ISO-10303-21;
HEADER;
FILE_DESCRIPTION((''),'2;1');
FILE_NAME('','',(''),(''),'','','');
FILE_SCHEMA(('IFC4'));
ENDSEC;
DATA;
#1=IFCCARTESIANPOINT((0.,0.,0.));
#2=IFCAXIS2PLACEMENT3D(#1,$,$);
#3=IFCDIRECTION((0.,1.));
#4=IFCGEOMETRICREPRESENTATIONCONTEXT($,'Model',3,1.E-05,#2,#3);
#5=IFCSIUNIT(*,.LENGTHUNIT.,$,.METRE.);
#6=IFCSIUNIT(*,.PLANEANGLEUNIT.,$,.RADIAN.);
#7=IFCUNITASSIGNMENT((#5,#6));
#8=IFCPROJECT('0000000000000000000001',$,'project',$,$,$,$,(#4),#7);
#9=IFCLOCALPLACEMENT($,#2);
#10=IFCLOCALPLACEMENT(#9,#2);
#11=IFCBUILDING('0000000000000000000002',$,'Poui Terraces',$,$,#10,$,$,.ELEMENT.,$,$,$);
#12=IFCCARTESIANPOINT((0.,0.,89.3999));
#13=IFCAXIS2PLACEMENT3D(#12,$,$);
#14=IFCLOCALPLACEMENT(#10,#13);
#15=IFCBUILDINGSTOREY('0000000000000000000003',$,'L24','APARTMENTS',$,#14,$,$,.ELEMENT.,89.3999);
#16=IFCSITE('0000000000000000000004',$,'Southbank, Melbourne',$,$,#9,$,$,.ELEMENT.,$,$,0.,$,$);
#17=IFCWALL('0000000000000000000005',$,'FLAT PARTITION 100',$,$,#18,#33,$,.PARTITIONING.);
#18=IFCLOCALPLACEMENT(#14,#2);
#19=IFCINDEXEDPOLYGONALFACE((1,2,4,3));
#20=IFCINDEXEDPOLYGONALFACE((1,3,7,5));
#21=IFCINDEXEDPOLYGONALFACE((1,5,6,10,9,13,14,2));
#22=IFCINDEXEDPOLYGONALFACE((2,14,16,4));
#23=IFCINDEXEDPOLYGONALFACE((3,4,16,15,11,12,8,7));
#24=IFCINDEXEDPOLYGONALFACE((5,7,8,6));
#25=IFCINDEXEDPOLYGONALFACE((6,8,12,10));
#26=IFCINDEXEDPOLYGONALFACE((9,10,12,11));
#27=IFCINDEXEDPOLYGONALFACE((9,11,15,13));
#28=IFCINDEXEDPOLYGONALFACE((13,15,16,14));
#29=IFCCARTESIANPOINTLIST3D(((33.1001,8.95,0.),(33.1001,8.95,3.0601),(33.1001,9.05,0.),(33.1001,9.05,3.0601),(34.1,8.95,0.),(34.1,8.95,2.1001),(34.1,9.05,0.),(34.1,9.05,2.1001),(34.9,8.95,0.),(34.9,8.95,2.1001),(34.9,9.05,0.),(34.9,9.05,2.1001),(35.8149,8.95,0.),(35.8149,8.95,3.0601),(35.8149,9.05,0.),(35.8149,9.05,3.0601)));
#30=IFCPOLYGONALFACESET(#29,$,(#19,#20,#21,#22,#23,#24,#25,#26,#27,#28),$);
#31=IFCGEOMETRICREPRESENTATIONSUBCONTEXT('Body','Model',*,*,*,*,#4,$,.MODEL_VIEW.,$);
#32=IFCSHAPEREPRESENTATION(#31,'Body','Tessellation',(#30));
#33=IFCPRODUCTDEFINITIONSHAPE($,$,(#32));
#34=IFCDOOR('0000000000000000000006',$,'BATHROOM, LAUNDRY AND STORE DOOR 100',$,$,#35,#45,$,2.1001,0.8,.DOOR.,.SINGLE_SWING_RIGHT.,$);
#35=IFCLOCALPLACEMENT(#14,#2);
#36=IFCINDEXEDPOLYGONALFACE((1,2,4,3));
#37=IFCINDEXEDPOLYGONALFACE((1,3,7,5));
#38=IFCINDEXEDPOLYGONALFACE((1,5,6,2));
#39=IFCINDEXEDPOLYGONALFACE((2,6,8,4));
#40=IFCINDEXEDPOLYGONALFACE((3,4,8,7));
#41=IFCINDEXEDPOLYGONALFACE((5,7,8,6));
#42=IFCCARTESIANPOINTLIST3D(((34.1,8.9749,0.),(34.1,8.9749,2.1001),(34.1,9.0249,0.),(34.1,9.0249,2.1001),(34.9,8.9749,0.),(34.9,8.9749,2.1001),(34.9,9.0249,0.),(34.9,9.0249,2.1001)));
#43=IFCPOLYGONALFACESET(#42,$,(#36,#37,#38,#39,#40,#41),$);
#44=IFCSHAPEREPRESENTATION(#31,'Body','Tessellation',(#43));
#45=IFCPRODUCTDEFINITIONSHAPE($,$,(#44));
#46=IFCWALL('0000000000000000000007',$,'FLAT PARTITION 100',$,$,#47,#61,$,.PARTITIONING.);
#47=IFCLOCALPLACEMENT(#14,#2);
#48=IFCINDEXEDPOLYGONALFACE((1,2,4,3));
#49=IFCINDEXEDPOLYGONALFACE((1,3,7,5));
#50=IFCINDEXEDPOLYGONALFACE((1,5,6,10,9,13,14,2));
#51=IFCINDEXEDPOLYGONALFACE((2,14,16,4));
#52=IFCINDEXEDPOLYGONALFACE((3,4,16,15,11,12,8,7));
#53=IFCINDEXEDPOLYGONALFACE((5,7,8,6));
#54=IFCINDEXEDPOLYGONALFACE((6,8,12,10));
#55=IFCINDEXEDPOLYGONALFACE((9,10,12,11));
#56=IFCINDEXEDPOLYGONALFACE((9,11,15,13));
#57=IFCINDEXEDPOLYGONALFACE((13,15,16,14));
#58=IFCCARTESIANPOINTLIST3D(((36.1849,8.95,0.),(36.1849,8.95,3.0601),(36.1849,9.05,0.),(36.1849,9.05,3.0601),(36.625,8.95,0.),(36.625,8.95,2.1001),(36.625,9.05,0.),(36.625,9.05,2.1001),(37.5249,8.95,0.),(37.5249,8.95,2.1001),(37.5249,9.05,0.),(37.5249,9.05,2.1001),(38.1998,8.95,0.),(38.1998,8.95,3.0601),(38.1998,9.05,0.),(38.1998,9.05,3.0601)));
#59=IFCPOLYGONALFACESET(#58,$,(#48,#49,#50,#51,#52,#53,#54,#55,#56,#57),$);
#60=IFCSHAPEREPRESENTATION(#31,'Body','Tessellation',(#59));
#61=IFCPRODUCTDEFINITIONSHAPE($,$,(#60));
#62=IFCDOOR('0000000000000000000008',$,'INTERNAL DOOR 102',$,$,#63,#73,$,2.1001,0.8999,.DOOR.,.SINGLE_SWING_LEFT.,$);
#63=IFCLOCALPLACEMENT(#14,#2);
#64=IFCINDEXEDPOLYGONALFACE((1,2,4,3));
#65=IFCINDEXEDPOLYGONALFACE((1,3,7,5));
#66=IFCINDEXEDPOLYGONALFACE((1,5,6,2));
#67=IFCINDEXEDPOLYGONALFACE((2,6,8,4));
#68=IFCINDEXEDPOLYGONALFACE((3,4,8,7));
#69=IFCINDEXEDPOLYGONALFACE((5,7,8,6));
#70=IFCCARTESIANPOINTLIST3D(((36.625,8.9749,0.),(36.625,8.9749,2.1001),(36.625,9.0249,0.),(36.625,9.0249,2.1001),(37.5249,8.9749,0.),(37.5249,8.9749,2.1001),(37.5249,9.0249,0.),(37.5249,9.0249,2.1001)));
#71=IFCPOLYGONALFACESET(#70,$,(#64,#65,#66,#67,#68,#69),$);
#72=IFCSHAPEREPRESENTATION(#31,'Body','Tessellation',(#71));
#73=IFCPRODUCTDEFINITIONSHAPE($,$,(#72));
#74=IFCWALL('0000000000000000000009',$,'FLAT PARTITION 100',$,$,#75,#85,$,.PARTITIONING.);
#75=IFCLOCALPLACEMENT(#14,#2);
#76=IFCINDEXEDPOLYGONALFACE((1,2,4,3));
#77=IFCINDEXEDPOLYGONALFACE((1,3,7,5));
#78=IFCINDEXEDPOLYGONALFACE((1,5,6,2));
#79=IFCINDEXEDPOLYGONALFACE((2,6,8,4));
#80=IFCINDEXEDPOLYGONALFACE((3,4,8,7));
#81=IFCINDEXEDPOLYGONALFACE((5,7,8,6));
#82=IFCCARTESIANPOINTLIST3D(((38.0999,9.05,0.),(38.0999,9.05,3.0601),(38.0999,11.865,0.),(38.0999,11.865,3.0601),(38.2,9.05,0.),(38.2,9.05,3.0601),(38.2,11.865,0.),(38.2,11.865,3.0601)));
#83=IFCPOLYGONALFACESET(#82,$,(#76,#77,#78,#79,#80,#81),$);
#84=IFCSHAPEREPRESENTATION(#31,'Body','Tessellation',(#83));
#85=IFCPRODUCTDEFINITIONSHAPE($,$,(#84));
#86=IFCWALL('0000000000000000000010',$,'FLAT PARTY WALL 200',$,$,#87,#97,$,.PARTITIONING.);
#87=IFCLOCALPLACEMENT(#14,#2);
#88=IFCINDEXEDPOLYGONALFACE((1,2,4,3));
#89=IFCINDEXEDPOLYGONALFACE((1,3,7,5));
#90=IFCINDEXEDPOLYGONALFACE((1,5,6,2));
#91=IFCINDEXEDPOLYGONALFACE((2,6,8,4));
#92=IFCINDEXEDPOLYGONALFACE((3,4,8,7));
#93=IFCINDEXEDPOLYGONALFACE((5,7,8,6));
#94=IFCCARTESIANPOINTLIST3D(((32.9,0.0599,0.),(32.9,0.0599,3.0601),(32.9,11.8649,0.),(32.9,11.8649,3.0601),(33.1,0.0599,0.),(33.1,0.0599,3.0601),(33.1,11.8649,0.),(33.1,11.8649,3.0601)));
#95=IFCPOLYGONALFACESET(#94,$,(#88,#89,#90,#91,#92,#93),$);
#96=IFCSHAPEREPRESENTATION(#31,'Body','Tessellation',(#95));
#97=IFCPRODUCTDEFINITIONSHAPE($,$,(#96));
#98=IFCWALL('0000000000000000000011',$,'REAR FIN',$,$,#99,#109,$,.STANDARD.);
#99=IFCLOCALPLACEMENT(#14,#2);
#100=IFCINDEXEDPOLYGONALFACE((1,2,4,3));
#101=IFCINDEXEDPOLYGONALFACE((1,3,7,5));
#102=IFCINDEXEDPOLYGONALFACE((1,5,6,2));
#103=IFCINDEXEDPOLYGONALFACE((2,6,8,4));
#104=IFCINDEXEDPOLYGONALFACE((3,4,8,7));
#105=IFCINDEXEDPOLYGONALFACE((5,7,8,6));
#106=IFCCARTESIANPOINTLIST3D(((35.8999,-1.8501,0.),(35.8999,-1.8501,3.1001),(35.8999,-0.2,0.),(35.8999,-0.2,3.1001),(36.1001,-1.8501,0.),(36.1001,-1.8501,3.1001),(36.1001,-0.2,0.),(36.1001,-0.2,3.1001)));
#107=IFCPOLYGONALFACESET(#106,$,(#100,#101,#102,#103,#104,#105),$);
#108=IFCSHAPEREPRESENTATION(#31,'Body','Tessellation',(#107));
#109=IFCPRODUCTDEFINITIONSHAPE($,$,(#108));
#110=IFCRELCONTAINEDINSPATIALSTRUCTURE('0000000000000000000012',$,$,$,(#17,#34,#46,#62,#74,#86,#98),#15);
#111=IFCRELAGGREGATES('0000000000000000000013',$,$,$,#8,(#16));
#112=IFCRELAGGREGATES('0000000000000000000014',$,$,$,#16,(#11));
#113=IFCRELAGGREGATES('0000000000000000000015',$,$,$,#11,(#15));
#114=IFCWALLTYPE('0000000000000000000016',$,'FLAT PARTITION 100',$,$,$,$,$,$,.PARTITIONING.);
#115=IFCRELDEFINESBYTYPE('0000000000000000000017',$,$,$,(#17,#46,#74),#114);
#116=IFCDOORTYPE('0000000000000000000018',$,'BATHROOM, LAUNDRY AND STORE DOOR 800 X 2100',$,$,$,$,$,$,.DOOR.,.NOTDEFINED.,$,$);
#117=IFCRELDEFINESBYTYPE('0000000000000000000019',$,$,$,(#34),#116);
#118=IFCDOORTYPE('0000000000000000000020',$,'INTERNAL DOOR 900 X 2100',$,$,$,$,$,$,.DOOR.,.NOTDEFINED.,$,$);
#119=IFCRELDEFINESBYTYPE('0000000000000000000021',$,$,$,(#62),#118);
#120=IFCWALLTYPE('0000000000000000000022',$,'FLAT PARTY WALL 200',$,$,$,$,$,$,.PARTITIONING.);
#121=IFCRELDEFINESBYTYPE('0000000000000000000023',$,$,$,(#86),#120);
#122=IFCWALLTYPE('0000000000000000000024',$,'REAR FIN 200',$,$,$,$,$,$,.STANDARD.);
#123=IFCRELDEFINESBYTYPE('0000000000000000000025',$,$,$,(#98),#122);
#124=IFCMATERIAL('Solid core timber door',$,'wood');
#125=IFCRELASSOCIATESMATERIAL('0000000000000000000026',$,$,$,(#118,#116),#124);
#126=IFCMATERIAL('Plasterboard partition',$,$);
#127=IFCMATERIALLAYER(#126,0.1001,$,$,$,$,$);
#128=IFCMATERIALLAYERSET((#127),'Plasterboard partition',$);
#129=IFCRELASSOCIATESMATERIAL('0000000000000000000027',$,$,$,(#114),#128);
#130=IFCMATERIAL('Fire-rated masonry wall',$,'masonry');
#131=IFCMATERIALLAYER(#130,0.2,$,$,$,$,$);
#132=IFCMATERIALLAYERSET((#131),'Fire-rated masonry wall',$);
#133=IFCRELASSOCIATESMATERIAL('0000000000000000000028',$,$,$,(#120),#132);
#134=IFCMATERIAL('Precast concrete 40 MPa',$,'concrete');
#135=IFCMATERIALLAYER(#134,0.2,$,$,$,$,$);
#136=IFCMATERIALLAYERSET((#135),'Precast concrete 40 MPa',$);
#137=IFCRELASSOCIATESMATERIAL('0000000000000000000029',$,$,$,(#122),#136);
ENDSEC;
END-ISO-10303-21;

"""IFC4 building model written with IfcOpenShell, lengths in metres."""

from ifc_helpers import new_model, si_unit, direction, frame, frame_2d, origin, place, context, subcontext, project, spatial, polyline, rectangle, outline, extrude, source, transform, mapped, material, layer, layer_set, type_object, element, fill, save


model = new_model("IFC4")

# Units and contexts
model_context = context("Model", 3, precision=1e-05, world=origin(), true_north=direction((0.0, 1.0)))
body_context = subcontext(model_context, "Body", "Model", "MODEL_VIEW")
ifc_project = project(units=[si_unit("LENGTHUNIT", "METRE"), si_unit("PLANEANGLEUNIT", "RADIAN")], contexts=[model_context])

# Site, building, storey
site_placement = place(None, origin())
site = spatial("IfcSite", under=ifc_project, at=site_placement, Name="Southbank, Melbourne", CompositionType="ELEMENT", RefElevation=0.0)
building_placement = place(site_placement, origin())
building = spatial("IfcBuilding", under=site, at=building_placement, Name="Poui Terraces", CompositionType="ELEMENT")
storey_placement = place(building_placement, frame((0.0, 0.0, 89.3999)))
storey = spatial("IfcBuildingStorey", under=building, at=storey_placement, Name="L24", Description="APARTMENTS", CompositionType="ELEMENT", Elevation=89.3999)

# Shared definitions
ifc_material_1 = material(Name="Precast concrete 40 MPa", Category="concrete")

# Walls, openings, doors
ifc_material_2 = material(Name="Solid core timber door", Category="wood")
door_type_1 = type_object("IfcDoorType", Name="INTERNAL DOOR 900 X 2100", OperationType="NOTDEFINED", PredefinedType="DOOR", material=ifc_material_2)
ifc_material_3 = material(Name="Plasterboard partition")
ifc_layer_1 = layer(ifc_material_3, 0.1001)
ifc_layer_set_1 = layer_set([ifc_layer_1], Name="Plasterboard partition")
wall_type_1 = type_object("IfcWallType", Name="FLAT PARTITION 100", PredefinedType="PARTITIONING", material=ifc_layer_set_1)
wall_1_placement = place(storey_placement, frame((33.1001, 9.0, 0.0), z_axis=(0.0, 0.0, 1.0), x_axis=(1.0, 0.0, 0.0)))
wall_1 = element("IfcWall", 1, at=wall_1_placement, inside=storey, type_object=wall_type_1, Name="FLAT PARTITION 100", PredefinedType="PARTITIONING", context=body_context, shape_type="SweptSolid", body=[
    extrude(rectangle(XDim=2.7148, YDim=0.1001, at=frame_2d((1.3574, 0.0))), origin(), (0.0, 0.0, 1.0), 3.0601),
])
opening_1_placement = place(wall_1_placement, frame((1.0, 0.0, 0.0)))
opening_1 = element("IfcOpeningElement", 2, at=opening_1_placement, cuts=wall_1, PredefinedType="OPENING", context=body_context, shape_type="SweptSolid", body=[
    extrude(rectangle(XDim=0.8, YDim=2.1001, at=frame_2d((0.3999, 1.05))), frame((0.0, 0.0601, 0.0), z_axis=(0.0, -1.0, 0.0), x_axis=(1.0, 0.0, 0.0)), (0.0, 0.0, 1.0), 0.1201),
])
door_type_2 = type_object("IfcDoorType", Name="BATHROOM, LAUNDRY AND STORE DOOR 800 X 2100", OperationType="NOTDEFINED", PredefinedType="DOOR", material=ifc_material_2)
door_1_placement = place(opening_1_placement, origin())
door_1 = element("IfcDoor", 3, at=door_1_placement, inside=storey, type_object=door_type_2, Name="BATHROOM, LAUNDRY AND STORE DOOR 100", OperationType="SINGLE_SWING_RIGHT", OverallHeight=2.1001, OverallWidth=0.8, PredefinedType="DOOR", context=body_context, shape_type="SweptSolid", body=[
    extrude(rectangle(XDim=0.8, YDim=2.1001, at=frame_2d((0.3999, 1.05))), frame((0.0, 0.0249, 0.0), z_axis=(0.0, -1.0, 0.0), x_axis=(1.0, 0.0, 0.0)), (0.0, 0.0, 1.0), 0.05),
])
fill(opening_1, door_1)
wall_2_placement = place(storey_placement, frame((36.1851, 9.0, 0.0), z_axis=(0.0, 0.0, 1.0), x_axis=(1.0, 0.0, 0.0)))
wall_2 = element("IfcWall", 4, at=wall_2_placement, inside=storey, type_object=wall_type_1, Name="FLAT PARTITION 100", PredefinedType="PARTITIONING", context=body_context, shape_type="SweptSolid", body=[
    extrude(rectangle(XDim=2.0149, YDim=0.1001, at=frame_2d((1.0073, 0.0))), origin(), (0.0, 0.0, 1.0), 3.0601),
])
opening_2_placement = place(wall_2_placement, frame((0.4399, 0.0, 0.0)))
opening_2 = element("IfcOpeningElement", 5, at=opening_2_placement, cuts=wall_2, PredefinedType="OPENING", context=body_context, shape_type="SweptSolid", body=[
    extrude(rectangle(XDim=0.8999, YDim=2.1001, at=frame_2d((0.45, 1.05))), frame((0.0, 0.0601, 0.0), z_axis=(0.0, -1.0, 0.0), x_axis=(1.0, 0.0, 0.0)), (0.0, 0.0, 1.0), 0.1201),
])
door_2_placement = place(opening_2_placement, origin())
door_2 = element("IfcDoor", 6, at=door_2_placement, inside=storey, type_object=door_type_1, Name="INTERNAL DOOR 102", OperationType="SINGLE_SWING_LEFT", OverallHeight=2.1001, OverallWidth=0.8999, PredefinedType="DOOR", context=body_context, shape_type="SweptSolid", body=[
    extrude(rectangle(XDim=0.8999, YDim=2.1001, at=frame_2d((0.45, 1.05))), frame((0.0, 0.0249, 0.0), z_axis=(0.0, -1.0, 0.0), x_axis=(1.0, 0.0, 0.0)), (0.0, 0.0, 1.0), 0.05),
])
fill(opening_2, door_2)

# Walls
wall_3_placement = place(storey_placement, frame((38.1499, 9.05, 0.0), z_axis=(0.0, 0.0, 1.0), x_axis=(0.0, 1.0, 0.0)))
element("IfcWall", 7, at=wall_3_placement, inside=storey, type_object=wall_type_1, Name="FLAT PARTITION 100", PredefinedType="PARTITIONING", context=body_context, shape_type="SweptSolid", body=[
    extrude(rectangle(XDim=2.8149, YDim=0.1001, at=frame_2d((1.4075, 0.0))), origin(), (0.0, 0.0, 1.0), 3.0601),
])
ifc_material_4 = material(Name="Fire-rated masonry wall", Category="masonry")
ifc_layer_2 = layer(ifc_material_4, 0.2)
ifc_layer_set_2 = layer_set([ifc_layer_2], Name="Fire-rated masonry wall")
wall_type_2 = type_object("IfcWallType", Name="FLAT PARTY WALL 200", PredefinedType="PARTITIONING", material=ifc_layer_set_2)
wall_4_placement = place(storey_placement, frame((33.0, 0.0601, 0.0), z_axis=(0.0, 0.0, 1.0), x_axis=(0.0, 1.0, 0.0)))
element("IfcWall", 8, at=wall_4_placement, inside=storey, type_object=wall_type_2, Name="FLAT PARTY WALL 200", PredefinedType="PARTITIONING", context=body_context, shape_type="SweptSolid", body=[
    extrude(rectangle(XDim=11.8049, YDim=0.2, at=frame_2d((5.9023, 0.0))), origin(), (0.0, 0.0, 1.0), 3.0601),
])
ifc_layer_3 = layer(ifc_material_1, 0.2)
ifc_layer_set_3 = layer_set([ifc_layer_3], Name="Precast concrete 40 MPa")
wall_type_3 = type_object("IfcWallType", Name="REAR FIN 200", PredefinedType="STANDARD", material=ifc_layer_set_3)
shared_shape_1 = source(origin(), body_context, "Body", "SweptSolid", [
    extrude(outline(polyline([(0.0, 0.0), (0.2002, 0.0), (0.2002, 1.6501), (0.0, 1.6501), (0.0, 0.0)])), origin(), (0.0, 0.0, 1.0), 3.1001),
])
wall_5_placement = place(storey_placement, frame((35.8999, -1.8501, 0.0)))
element("IfcWall", 9, at=wall_5_placement, inside=storey, type_object=wall_type_3, Name="REAR FIN", PredefinedType="STANDARD", context=body_context, shape_type="MappedRepresentation", body=[
    mapped(shared_shape_1, transform((0.0, 0.0, 0.0))),
])

save(model, "model.ifc")
